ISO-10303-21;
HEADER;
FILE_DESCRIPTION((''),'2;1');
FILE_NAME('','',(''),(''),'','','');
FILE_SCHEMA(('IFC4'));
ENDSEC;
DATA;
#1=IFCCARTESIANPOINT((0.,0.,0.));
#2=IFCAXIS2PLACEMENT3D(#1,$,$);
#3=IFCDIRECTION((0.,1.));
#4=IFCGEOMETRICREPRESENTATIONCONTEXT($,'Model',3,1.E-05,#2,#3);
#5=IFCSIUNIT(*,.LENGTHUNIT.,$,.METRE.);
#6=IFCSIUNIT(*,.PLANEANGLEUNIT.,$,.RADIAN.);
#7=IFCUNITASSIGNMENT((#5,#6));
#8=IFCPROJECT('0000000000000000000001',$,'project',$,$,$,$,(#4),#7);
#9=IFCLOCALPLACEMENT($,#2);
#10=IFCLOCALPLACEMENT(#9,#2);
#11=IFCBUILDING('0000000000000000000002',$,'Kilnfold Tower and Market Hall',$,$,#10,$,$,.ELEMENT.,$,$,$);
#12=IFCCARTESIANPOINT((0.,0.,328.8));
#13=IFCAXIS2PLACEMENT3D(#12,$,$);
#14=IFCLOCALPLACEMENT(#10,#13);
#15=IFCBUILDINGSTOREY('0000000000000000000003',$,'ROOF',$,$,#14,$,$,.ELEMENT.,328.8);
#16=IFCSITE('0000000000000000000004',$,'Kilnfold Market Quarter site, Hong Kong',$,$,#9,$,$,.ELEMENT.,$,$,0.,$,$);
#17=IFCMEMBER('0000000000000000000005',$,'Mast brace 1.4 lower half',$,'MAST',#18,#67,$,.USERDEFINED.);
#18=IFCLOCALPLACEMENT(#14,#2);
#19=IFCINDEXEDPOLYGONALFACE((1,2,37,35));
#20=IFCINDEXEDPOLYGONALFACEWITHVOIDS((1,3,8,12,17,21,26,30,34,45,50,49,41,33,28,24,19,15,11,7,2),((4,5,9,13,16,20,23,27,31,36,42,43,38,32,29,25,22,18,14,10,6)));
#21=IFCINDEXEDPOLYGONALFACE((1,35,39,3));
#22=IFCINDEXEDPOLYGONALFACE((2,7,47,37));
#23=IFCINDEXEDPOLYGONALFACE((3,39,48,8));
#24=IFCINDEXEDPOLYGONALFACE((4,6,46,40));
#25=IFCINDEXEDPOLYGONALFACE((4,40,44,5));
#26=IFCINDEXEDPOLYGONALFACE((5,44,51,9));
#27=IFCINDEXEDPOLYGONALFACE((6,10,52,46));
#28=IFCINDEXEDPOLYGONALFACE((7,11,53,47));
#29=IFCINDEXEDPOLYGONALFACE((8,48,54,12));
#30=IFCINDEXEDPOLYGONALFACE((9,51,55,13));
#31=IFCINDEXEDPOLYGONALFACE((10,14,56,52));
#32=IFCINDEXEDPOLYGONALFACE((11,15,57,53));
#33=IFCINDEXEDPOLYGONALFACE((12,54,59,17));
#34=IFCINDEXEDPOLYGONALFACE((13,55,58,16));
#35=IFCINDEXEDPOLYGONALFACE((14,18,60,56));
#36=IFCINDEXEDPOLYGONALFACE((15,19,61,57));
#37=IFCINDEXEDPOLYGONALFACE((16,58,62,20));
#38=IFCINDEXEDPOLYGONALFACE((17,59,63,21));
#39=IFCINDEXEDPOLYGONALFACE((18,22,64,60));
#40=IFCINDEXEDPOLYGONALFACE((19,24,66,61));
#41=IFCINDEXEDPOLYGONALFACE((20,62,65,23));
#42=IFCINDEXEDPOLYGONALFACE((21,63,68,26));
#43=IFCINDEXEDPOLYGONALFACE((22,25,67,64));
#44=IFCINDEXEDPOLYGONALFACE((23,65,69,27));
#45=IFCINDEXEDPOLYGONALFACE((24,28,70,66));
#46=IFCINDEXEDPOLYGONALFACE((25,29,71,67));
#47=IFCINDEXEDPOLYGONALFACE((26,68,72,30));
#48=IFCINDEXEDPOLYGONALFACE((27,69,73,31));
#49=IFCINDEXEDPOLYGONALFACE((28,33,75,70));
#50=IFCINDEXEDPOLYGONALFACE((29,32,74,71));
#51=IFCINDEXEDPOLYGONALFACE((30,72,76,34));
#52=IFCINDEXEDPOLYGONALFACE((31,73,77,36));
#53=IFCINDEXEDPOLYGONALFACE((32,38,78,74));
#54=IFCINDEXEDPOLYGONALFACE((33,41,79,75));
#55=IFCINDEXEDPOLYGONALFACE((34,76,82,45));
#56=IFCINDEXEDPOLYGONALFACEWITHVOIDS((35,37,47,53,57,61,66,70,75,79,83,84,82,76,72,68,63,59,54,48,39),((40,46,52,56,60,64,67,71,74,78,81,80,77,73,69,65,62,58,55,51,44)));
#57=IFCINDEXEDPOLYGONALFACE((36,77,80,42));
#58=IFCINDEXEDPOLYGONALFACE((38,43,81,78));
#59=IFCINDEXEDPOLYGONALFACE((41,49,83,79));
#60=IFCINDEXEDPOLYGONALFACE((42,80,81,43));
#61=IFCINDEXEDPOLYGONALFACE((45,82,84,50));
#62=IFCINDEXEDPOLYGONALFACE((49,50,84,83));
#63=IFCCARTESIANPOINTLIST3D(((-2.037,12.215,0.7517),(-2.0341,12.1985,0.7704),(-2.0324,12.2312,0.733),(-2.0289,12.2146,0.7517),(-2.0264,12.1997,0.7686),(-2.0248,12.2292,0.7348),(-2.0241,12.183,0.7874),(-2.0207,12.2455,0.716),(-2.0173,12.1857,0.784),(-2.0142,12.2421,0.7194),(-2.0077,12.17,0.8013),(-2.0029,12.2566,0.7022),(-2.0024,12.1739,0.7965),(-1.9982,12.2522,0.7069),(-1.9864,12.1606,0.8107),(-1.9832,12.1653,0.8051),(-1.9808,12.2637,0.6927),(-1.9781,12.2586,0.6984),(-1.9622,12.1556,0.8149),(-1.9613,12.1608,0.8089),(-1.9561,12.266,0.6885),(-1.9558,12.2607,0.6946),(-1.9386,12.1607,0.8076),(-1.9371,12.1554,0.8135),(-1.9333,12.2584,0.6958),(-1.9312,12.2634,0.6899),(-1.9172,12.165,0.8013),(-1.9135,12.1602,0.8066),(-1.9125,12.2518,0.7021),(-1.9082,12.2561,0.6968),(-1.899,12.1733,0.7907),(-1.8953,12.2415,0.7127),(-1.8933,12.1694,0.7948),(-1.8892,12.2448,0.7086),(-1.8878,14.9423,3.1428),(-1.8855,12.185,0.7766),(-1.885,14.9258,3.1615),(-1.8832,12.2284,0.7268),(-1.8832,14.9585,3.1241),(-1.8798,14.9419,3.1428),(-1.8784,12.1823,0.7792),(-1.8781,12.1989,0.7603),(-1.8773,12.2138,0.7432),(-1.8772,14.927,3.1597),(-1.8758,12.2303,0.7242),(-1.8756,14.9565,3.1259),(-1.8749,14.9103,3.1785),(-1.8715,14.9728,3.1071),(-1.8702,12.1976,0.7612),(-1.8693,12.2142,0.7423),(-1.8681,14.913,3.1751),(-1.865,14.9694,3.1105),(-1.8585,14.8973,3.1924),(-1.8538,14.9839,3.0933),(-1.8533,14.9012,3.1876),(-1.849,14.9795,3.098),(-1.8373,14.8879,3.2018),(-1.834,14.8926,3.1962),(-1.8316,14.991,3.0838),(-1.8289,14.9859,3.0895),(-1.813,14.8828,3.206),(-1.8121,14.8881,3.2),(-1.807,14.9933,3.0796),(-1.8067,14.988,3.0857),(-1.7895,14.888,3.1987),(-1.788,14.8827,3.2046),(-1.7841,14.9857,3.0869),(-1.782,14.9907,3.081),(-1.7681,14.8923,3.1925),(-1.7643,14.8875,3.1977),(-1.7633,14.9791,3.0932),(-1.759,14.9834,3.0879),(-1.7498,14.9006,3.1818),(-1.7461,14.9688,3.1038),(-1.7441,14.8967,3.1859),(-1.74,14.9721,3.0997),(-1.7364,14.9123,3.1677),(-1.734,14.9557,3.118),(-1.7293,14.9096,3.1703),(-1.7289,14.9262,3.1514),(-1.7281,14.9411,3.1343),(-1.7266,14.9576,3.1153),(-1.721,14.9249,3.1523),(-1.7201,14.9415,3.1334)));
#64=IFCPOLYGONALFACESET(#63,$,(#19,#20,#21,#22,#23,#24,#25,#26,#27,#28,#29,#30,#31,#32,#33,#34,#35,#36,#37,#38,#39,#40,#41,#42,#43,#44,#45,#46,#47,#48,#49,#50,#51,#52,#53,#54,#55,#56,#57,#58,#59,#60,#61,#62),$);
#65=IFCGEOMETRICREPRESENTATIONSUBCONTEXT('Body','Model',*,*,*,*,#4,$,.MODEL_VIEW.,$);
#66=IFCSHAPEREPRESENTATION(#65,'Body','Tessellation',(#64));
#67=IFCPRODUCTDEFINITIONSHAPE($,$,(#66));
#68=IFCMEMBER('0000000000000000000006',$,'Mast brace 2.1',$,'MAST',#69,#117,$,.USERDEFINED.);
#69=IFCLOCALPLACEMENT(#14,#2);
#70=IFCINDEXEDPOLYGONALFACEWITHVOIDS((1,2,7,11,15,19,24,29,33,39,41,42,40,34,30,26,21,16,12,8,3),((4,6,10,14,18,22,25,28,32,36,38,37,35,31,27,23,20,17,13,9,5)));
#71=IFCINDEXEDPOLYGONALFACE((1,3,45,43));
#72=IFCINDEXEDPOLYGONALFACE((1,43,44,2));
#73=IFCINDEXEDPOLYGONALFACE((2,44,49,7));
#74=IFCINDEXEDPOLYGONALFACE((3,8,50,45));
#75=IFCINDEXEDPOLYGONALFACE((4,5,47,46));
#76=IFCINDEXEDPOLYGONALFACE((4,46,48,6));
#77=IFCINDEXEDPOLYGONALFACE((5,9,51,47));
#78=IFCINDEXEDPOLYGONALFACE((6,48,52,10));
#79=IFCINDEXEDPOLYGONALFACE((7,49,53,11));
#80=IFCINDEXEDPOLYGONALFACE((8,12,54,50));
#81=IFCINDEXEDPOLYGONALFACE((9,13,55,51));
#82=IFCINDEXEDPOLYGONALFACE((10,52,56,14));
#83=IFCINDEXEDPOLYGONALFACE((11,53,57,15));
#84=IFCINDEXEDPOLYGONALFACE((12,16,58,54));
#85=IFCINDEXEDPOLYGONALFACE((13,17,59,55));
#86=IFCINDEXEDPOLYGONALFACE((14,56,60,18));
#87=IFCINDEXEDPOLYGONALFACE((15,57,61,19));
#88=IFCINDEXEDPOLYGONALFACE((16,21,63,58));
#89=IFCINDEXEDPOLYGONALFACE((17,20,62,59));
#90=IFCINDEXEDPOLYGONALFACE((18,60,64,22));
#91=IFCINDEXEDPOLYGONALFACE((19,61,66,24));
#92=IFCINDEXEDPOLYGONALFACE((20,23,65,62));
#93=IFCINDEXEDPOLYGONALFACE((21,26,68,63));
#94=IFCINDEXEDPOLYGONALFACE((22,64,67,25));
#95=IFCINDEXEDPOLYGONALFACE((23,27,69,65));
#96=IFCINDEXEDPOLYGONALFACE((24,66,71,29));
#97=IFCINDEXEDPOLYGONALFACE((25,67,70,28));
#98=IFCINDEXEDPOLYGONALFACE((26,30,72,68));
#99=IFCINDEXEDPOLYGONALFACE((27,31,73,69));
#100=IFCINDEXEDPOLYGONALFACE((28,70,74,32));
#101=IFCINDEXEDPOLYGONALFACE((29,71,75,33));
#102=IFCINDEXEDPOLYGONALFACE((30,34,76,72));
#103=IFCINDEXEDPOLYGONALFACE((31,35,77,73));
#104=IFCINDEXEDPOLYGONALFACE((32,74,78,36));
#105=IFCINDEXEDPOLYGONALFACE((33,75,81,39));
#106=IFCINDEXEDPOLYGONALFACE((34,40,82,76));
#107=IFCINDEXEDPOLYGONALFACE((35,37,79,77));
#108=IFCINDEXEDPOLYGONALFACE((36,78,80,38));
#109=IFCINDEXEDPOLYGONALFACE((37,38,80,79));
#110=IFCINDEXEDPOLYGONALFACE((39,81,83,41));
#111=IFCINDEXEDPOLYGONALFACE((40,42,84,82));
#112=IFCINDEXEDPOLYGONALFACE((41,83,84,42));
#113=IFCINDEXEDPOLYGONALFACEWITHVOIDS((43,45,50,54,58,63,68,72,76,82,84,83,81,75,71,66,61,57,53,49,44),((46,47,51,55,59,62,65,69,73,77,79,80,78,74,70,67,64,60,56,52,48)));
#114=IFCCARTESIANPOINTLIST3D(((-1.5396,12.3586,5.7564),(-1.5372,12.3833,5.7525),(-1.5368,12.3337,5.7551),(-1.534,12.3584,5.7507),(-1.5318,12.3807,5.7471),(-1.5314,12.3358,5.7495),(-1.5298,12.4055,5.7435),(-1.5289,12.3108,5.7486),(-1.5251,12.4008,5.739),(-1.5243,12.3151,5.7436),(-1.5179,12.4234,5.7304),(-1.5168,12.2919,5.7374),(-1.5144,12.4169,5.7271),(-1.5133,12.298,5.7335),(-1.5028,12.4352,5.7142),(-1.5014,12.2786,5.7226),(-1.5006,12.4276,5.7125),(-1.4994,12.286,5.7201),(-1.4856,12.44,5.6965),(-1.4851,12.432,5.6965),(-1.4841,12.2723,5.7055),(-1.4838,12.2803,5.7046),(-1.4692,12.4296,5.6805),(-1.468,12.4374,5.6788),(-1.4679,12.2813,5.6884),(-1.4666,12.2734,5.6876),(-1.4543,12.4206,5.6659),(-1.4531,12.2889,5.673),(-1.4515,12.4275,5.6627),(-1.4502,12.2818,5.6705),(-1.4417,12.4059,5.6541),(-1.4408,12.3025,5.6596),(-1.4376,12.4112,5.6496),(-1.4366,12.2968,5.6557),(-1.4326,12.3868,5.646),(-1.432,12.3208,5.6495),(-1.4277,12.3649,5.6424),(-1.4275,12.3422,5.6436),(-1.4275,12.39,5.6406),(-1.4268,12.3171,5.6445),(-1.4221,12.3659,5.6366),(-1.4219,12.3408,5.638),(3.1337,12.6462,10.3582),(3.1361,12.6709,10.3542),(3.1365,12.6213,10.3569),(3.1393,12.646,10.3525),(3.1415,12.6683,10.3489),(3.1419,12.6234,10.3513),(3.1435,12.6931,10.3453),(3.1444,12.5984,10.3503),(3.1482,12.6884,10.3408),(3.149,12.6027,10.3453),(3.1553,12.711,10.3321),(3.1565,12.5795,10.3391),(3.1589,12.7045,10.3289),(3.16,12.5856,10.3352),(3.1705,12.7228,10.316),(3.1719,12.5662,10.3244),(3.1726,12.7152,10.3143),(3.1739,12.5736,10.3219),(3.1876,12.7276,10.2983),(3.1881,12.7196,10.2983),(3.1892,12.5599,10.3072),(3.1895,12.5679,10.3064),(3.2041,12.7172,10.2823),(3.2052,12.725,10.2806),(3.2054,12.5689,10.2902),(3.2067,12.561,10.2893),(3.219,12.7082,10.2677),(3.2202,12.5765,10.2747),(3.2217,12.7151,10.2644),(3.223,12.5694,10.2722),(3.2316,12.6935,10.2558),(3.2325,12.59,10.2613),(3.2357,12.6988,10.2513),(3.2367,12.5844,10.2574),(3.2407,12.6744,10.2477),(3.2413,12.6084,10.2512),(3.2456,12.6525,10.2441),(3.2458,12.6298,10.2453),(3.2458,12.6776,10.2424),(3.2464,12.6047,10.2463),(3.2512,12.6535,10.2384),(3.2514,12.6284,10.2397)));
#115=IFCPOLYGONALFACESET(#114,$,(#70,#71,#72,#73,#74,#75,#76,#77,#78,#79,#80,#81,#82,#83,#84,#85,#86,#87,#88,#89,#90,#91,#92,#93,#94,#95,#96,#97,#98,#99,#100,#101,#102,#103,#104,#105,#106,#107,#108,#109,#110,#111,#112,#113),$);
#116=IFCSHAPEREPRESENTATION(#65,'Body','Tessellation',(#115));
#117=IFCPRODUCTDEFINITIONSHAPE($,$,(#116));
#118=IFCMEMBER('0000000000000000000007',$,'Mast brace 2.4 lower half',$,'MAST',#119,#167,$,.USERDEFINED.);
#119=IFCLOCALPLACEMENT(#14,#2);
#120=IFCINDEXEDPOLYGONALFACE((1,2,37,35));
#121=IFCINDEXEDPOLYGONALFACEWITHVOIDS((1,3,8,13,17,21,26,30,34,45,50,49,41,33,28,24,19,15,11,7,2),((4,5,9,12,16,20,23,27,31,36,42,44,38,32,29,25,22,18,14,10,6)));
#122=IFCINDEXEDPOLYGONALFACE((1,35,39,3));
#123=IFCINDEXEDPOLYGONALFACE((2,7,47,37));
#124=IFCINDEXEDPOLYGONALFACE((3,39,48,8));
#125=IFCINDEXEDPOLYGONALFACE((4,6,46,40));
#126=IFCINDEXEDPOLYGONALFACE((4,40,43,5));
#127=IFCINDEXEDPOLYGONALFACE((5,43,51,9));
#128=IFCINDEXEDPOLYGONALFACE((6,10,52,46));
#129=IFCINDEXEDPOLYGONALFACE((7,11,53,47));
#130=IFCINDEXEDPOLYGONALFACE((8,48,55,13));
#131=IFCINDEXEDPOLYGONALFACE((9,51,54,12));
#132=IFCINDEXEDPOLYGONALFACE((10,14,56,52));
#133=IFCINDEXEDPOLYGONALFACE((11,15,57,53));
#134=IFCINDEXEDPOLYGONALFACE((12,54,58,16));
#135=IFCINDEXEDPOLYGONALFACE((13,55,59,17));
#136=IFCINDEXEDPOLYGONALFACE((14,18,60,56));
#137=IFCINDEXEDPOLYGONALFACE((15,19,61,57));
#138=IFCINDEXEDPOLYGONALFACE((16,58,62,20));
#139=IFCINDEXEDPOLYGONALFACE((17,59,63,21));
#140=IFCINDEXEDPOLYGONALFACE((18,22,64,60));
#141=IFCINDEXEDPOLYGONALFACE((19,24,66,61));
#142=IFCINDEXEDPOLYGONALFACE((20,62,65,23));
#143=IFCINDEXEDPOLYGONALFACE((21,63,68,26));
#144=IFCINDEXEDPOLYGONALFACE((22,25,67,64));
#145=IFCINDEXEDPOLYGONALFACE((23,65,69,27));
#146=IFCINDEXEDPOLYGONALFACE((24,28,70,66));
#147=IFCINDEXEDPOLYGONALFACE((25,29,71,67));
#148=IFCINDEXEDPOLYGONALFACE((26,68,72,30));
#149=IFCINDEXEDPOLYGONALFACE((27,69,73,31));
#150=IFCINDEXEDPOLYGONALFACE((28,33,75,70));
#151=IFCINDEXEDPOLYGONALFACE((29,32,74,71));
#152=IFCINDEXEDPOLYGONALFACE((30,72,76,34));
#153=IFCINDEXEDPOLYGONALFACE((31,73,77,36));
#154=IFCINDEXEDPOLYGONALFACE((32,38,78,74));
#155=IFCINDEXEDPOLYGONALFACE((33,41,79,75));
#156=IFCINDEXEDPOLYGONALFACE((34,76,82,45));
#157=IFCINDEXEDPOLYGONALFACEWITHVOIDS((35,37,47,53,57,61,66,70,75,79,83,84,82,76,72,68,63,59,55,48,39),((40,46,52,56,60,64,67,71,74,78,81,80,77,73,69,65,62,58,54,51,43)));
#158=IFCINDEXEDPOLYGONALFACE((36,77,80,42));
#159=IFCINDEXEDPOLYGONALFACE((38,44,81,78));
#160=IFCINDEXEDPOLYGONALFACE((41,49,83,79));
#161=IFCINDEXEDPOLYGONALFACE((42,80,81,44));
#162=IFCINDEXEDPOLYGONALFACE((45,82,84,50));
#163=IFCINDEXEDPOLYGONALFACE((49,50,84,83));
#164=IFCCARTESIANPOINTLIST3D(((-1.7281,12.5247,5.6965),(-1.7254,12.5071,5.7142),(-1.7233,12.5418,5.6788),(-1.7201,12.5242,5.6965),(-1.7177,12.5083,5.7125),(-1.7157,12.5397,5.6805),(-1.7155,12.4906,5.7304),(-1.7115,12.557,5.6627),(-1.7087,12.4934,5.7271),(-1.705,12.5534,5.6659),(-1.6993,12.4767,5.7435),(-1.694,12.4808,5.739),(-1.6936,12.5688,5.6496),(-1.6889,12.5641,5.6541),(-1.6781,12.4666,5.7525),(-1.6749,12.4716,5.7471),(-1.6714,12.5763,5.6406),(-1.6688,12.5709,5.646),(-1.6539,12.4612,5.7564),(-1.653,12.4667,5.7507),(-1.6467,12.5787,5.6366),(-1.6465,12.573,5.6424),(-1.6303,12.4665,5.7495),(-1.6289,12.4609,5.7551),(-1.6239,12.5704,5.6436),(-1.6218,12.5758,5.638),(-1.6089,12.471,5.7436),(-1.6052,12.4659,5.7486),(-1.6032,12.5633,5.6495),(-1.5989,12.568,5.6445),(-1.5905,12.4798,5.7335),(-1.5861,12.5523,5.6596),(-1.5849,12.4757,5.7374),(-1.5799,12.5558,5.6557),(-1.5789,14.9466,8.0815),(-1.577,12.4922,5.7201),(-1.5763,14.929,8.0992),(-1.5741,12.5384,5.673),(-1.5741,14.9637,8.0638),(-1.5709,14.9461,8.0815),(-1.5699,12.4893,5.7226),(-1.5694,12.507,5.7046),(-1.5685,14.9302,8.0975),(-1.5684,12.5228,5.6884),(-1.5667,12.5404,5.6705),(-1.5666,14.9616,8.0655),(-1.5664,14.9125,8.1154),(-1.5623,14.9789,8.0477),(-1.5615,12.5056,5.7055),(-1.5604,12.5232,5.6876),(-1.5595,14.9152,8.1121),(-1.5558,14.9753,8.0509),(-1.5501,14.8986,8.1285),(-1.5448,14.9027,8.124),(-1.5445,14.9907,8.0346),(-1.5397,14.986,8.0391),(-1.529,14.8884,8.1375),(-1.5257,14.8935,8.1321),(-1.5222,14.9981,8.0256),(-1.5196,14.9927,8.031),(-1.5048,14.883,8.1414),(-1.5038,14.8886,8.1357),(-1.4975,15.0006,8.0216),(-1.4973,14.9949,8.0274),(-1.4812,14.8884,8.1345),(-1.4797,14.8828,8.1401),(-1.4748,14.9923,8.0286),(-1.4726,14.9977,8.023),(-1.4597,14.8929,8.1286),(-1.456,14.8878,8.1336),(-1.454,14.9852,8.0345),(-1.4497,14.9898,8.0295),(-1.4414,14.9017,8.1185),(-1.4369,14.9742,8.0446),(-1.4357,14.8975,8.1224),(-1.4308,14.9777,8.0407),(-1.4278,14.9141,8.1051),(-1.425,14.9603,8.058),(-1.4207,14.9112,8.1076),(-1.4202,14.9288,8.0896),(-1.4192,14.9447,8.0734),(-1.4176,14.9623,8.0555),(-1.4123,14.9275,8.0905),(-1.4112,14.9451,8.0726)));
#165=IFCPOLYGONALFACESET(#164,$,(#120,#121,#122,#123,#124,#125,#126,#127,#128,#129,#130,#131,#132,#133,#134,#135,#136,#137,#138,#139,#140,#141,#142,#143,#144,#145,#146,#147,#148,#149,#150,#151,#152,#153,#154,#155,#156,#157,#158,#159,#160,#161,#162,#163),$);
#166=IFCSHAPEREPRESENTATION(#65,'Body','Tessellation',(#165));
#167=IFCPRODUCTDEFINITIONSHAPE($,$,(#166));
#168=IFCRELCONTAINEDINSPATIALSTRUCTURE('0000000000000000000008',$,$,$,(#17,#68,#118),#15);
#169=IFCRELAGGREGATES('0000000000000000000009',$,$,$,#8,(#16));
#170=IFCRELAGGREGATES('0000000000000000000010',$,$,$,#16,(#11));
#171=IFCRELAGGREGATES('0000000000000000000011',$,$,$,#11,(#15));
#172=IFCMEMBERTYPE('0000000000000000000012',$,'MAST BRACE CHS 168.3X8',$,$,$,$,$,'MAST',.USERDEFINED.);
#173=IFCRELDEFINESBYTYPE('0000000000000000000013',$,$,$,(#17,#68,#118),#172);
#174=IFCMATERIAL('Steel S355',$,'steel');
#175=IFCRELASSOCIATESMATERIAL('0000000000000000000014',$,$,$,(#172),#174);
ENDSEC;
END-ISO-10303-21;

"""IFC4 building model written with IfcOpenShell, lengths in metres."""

from ifc_helpers import new_model, si_unit, direction, frame, origin, origin_2d, place, context, subcontext, project, spatial, hollow_circle, extrude, source, transform, mapped, material, material_profile, profile_set, type_object, element, save


model = new_model("IFC4")

# Units and contexts
model_context = context("Model", 3, precision=1e-05, world=origin(), true_north=direction((0.0, 1.0)))
body_context = subcontext(model_context, "Body", "Model", "MODEL_VIEW")
ifc_project = project(units=[si_unit("LENGTHUNIT", "METRE"), si_unit("PLANEANGLEUNIT", "RADIAN")], contexts=[model_context])

# Site, building, storey
site_placement = place(None, origin())
site = spatial("IfcSite", under=ifc_project, at=site_placement, Name="Kilnfold Market Quarter site, Hong Kong", CompositionType="ELEMENT", RefElevation=0.0)
building_placement = place(site_placement, origin())
building = spatial("IfcBuilding", under=site, at=building_placement, Name="Kilnfold Tower and Market Hall", CompositionType="ELEMENT")
storey_placement = place(building_placement, frame((0.0, 0.0, 328.8)))
storey = spatial("IfcBuildingStorey", under=building, at=storey_placement, Name="ROOF", CompositionType="ELEMENT", Elevation=328.8)

# Members
ifc_material_1 = material(Name="Steel S355", Category="steel")
ifc_material_profile_1 = material_profile(ifc_material_1, hollow_circle(Radius=0.0842, WallThickness=0.0081, at=origin_2d()), Name="CHS 168.3x8")
ifc_profile_set_1 = profile_set([ifc_material_profile_1], Name="Steel S355")
member_type_1 = type_object("IfcMemberType", Name="MAST BRACE CHS 168.3X8", ElementType="MAST", PredefinedType="USERDEFINED", material=ifc_profile_set_1)
shared_shape_1 = source(origin(), body_context, "Body", "SweptSolid", [
    extrude(hollow_circle(Radius=0.0842, WallThickness=0.0081, at=origin_2d()), origin(), (0.0, 0.0, 1.0), 3.6301),
])
member_1_placement = place(storey_placement, frame((-1.9529, 12.2104, 0.7517), z_axis=(0.041092, 0.751295, 0.658686), x_axis=(-0.998508, 0.054614, 0.0)))
element("IfcMember", 1, at=member_1_placement, inside=storey, type_object=member_type_1, Name="Mast brace 1.4 lower half", ObjectType="MAST", PredefinedType="USERDEFINED", context=body_context, shape_type="MappedRepresentation", body=[
    mapped(shared_shape_1, transform((0.0, 0.0, 0.0))),
])
shared_shape_2 = source(origin(), body_context, "Body", "SweptSolid", [
    extrude(hollow_circle(Radius=0.0842, WallThickness=0.0081, at=origin_2d()), origin(), (0.0, 0.0, 1.0), 6.5649),
])
member_2_placement = place(storey_placement, frame((-1.4805, 12.356, 5.6965), z_axis=(0.711855, 0.043808, 0.700959), x_axis=(-0.061424, 0.998112, 0.0)))
element("IfcMember", 2, at=member_2_placement, inside=storey, type_object=member_type_1, Name="Mast brace 2.1", ObjectType="MAST", PredefinedType="USERDEFINED", context=body_context, shape_type="MappedRepresentation", body=[
    mapped(shared_shape_2, transform((0.0, 0.0, 0.0))),
])
shared_shape_3 = source(origin(), body_context, "Body", "SweptSolid", [
    extrude(hollow_circle(Radius=0.0842, WallThickness=0.0081, at=origin_2d()), origin(), (0.0, 0.0, 1.0), 3.4023),
])
member_3_placement = place(storey_placement, frame((-1.644, 12.5195, 5.6965), z_axis=(0.043843, 0.711824, 0.700988), x_axis=(-0.998109, 0.061476, 0.0)))
element("IfcMember", 3, at=member_3_placement, inside=storey, type_object=member_type_1, Name="Mast brace 2.4 lower half", ObjectType="MAST", PredefinedType="USERDEFINED", context=body_context, shape_type="MappedRepresentation", body=[
    mapped(shared_shape_3, transform((0.0, 0.0, 0.0))),
])

save(model, "model.ifc")
